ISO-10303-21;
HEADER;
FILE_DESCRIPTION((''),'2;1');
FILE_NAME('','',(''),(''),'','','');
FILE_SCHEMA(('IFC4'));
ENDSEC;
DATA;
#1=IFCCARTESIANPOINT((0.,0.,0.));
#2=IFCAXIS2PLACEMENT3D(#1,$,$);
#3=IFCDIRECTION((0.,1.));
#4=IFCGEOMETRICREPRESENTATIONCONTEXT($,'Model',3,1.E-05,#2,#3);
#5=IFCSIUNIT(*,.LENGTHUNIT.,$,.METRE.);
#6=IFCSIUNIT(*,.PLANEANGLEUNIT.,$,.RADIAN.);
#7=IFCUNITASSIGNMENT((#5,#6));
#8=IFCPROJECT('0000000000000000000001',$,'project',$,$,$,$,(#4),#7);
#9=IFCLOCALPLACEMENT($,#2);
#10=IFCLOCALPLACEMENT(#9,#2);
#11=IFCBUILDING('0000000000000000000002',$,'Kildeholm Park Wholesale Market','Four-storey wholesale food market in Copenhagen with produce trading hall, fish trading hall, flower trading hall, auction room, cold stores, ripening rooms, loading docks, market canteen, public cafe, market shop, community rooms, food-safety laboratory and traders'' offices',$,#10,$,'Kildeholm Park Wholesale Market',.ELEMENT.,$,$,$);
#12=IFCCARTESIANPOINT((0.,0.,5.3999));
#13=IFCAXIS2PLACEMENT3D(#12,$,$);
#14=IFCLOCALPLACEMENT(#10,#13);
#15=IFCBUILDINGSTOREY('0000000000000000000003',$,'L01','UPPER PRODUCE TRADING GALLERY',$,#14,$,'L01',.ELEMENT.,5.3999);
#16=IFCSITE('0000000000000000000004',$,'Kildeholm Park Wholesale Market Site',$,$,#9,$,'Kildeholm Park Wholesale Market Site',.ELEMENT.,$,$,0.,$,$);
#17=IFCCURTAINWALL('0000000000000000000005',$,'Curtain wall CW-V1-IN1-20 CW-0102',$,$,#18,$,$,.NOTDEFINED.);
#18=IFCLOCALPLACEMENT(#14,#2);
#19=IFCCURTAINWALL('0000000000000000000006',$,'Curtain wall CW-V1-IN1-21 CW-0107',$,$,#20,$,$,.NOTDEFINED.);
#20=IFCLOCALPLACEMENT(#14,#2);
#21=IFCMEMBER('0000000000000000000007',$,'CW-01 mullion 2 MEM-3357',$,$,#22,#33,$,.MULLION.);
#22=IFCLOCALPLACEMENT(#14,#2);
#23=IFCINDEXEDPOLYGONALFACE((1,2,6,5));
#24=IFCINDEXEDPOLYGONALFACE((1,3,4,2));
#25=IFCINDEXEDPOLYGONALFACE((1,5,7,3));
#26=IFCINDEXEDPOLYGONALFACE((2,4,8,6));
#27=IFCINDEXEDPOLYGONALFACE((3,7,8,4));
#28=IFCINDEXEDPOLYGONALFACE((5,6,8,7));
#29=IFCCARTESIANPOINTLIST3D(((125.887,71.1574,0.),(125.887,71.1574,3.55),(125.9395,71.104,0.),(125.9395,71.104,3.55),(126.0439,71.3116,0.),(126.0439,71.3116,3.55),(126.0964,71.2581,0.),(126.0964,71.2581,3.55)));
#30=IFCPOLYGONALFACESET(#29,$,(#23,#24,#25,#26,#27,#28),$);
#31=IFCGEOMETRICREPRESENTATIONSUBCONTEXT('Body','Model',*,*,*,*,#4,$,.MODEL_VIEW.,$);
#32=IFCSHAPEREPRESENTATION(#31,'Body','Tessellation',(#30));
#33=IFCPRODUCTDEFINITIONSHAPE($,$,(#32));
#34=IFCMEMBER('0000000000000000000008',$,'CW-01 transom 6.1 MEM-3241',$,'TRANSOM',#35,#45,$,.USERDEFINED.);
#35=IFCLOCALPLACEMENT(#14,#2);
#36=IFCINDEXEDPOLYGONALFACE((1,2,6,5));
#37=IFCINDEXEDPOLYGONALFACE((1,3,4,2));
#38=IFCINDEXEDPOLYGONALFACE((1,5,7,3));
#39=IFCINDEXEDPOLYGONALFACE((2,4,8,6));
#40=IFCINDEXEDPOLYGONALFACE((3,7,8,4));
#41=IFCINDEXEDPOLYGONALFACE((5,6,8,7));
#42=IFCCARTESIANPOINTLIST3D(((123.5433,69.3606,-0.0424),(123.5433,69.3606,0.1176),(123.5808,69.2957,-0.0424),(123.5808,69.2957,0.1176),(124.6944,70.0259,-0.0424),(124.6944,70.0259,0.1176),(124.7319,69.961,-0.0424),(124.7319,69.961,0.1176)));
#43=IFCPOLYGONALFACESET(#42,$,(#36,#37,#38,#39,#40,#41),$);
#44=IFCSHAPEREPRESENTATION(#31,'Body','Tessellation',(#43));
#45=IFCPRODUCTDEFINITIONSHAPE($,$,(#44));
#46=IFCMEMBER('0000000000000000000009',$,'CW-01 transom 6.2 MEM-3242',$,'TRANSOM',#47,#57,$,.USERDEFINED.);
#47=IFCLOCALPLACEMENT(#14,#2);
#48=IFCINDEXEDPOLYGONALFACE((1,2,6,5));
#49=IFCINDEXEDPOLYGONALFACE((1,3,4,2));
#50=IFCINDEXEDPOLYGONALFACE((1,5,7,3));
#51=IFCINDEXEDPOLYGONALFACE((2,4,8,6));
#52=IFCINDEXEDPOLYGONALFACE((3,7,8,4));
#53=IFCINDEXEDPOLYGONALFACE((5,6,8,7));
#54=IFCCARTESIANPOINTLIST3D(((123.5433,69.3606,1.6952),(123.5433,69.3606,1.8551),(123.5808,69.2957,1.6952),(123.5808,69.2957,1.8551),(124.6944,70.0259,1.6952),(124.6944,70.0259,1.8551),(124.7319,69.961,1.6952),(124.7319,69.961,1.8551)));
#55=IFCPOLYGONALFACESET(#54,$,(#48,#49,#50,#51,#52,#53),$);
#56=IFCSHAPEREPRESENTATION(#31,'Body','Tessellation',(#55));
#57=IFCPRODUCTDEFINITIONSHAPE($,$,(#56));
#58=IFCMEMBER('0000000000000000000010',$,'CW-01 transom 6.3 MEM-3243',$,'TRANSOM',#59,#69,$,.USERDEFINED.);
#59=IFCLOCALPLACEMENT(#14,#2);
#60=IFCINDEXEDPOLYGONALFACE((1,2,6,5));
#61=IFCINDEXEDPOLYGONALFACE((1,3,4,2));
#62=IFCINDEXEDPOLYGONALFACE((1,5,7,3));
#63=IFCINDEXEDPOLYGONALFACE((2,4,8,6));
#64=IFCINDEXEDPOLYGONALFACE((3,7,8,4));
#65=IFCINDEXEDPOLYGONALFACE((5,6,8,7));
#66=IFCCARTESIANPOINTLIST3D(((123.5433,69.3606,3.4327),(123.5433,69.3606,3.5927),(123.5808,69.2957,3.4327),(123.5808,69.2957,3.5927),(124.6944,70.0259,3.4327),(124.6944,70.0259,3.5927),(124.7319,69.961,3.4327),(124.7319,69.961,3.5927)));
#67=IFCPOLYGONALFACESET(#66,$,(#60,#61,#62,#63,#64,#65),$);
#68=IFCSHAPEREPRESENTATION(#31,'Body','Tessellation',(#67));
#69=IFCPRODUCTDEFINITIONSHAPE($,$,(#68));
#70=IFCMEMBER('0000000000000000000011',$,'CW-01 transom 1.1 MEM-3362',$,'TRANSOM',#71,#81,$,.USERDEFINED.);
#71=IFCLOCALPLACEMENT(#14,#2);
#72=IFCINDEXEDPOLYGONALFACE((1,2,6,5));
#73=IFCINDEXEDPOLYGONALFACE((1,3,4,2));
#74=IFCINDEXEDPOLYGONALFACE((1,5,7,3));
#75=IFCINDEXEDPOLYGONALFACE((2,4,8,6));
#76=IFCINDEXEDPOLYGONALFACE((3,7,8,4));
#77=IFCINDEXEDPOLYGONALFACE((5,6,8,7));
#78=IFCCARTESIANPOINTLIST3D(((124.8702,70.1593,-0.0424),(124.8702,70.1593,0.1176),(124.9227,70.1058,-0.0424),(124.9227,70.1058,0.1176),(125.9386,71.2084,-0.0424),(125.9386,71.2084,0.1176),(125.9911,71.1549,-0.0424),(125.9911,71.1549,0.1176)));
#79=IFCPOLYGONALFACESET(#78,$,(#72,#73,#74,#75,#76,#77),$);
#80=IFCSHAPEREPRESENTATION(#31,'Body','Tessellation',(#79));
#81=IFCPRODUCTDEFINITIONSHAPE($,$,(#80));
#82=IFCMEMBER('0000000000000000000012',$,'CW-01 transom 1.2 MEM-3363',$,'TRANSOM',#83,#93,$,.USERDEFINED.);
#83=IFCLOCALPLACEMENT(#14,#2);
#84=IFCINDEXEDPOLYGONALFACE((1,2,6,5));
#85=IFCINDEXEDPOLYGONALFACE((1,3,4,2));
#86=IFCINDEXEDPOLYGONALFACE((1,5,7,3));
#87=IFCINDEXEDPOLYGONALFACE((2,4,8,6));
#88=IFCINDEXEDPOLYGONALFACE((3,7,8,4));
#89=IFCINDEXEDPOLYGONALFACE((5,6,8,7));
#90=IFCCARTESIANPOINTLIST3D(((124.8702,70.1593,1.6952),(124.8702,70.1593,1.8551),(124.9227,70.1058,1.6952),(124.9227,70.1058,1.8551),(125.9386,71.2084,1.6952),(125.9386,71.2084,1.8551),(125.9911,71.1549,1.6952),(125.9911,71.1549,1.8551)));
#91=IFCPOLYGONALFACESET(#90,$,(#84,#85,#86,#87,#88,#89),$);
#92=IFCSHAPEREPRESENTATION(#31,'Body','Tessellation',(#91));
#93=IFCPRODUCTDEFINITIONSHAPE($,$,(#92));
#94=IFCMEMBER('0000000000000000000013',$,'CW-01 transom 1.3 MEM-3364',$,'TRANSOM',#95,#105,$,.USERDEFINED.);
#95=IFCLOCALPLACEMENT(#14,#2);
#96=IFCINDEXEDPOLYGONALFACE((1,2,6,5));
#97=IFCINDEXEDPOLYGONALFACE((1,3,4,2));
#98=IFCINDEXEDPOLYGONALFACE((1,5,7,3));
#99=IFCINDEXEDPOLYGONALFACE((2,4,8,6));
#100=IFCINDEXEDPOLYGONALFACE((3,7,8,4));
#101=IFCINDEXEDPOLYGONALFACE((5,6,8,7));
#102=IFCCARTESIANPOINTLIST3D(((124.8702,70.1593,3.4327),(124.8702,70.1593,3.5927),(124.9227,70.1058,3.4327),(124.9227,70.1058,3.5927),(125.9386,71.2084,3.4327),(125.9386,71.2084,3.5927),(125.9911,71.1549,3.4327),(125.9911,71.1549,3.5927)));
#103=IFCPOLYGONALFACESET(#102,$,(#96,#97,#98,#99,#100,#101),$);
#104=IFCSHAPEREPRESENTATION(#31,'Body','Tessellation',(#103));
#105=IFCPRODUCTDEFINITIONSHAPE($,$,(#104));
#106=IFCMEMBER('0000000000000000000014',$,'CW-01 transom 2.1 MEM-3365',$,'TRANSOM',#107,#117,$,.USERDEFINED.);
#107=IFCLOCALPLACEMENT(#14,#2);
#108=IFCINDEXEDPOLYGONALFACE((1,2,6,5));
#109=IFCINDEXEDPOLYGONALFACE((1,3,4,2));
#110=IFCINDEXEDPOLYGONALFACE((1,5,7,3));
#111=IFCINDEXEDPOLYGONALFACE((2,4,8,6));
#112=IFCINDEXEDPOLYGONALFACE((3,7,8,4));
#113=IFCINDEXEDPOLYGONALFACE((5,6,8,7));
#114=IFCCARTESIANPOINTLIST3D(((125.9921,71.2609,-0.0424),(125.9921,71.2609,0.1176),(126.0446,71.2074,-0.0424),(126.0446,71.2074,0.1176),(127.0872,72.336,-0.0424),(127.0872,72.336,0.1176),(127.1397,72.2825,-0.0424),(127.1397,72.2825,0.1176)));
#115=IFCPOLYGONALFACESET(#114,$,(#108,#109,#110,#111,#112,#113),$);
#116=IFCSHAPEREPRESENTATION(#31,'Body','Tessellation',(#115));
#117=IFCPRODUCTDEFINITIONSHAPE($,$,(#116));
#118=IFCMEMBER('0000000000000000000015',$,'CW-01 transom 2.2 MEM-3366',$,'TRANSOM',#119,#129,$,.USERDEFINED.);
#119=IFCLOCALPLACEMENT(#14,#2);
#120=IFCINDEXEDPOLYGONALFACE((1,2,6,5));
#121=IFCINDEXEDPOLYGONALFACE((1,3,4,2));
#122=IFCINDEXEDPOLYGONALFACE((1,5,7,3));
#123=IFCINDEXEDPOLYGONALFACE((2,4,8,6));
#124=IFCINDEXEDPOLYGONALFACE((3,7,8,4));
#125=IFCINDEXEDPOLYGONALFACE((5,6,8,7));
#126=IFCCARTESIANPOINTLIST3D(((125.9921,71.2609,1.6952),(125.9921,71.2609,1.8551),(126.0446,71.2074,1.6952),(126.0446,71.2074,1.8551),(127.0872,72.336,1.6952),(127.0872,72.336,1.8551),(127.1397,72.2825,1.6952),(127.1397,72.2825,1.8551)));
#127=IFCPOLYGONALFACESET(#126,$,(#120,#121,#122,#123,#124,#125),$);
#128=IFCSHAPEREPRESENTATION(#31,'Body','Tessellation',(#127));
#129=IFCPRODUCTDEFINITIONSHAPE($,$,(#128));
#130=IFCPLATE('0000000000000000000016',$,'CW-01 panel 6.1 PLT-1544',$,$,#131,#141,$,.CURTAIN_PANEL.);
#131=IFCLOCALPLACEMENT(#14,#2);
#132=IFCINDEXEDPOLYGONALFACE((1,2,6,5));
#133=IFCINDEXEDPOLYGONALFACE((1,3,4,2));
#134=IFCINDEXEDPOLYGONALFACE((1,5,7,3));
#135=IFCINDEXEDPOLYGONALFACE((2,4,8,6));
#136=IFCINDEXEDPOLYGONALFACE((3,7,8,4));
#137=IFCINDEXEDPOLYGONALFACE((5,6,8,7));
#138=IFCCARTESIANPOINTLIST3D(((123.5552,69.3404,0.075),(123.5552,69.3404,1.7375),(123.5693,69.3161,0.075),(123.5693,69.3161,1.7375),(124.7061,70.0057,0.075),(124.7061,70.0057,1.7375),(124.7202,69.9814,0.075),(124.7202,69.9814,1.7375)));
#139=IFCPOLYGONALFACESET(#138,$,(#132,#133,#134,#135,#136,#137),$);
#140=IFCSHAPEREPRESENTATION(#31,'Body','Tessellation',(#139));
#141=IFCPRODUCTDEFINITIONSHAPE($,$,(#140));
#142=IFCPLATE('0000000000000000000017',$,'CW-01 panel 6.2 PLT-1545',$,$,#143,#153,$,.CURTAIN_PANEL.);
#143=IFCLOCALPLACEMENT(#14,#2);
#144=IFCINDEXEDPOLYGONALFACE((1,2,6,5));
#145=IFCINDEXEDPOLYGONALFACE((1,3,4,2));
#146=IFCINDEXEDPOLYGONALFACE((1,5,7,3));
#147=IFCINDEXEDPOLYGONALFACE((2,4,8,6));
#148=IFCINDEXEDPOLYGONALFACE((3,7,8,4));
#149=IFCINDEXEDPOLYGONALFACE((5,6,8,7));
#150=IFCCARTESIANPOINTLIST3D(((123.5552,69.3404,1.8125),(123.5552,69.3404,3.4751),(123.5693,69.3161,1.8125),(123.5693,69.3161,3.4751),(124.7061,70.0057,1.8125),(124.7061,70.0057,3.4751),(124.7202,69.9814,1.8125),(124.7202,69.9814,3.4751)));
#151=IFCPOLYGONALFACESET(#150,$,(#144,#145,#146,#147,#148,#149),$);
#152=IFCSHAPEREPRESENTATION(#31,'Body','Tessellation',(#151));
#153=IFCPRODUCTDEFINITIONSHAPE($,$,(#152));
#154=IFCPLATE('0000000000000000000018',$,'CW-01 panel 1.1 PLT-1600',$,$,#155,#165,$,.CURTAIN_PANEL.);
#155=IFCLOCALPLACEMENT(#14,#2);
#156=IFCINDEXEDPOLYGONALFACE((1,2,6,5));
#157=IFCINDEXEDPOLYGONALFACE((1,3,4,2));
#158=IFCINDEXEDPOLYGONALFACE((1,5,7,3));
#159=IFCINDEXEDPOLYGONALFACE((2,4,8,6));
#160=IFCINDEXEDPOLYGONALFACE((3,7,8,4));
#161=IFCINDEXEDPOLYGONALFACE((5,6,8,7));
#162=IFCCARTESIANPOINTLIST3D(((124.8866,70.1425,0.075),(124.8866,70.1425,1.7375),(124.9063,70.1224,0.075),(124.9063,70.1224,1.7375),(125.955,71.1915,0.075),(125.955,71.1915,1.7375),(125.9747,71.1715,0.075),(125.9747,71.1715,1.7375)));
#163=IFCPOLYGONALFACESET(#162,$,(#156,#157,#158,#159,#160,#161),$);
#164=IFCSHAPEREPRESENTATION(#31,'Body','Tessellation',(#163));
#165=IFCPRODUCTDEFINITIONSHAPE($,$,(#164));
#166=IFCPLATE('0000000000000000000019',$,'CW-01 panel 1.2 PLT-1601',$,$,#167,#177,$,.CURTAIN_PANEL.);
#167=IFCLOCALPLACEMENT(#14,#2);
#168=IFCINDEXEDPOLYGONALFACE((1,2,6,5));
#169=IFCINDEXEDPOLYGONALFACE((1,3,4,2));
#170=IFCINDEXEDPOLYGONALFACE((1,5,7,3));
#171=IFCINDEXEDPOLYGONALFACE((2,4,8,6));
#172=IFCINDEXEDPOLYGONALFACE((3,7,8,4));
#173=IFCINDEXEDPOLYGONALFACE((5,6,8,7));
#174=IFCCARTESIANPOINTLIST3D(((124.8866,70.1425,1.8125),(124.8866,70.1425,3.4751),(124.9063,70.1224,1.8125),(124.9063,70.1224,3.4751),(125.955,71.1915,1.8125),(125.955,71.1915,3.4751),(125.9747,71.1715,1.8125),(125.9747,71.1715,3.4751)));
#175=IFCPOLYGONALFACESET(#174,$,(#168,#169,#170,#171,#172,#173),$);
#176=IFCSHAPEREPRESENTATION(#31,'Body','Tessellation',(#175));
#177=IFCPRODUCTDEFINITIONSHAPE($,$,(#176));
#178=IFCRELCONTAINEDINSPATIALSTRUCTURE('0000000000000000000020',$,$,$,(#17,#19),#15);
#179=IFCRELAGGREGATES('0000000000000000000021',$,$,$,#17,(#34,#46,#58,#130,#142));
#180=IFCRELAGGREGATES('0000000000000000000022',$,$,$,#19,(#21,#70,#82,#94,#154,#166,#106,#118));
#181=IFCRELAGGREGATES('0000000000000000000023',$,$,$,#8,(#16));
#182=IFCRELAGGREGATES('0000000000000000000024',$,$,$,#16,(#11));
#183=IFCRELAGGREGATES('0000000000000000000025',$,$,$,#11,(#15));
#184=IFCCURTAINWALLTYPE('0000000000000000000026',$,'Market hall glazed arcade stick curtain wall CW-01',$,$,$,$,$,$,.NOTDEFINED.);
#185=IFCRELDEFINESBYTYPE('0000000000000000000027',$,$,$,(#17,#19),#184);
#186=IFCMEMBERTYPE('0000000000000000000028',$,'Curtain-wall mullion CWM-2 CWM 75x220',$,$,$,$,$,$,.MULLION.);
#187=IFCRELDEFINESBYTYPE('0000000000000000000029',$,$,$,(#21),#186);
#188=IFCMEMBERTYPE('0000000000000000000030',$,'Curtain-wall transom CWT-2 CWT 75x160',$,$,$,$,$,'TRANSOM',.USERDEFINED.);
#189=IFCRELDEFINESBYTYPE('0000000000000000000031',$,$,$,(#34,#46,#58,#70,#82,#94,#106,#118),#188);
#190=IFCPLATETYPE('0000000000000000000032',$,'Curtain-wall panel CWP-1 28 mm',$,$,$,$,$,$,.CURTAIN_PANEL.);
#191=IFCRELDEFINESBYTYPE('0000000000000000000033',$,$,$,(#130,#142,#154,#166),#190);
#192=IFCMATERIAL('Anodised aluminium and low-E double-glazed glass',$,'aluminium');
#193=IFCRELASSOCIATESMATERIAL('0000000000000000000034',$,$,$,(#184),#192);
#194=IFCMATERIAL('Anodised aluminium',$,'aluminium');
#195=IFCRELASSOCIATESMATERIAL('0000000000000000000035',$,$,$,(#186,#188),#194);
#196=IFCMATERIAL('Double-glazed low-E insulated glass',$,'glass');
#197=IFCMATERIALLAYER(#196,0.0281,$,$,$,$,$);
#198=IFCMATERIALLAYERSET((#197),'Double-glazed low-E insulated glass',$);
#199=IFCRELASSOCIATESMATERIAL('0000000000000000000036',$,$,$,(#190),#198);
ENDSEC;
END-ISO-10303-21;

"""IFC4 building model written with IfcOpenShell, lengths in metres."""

from ifc_helpers import new_model, si_unit, direction, frame, origin, origin_2d, place, context, subcontext, project, spatial, rectangle, extrude, material, layer, layer_set, material_profile, profile_set, type_object, element, aggregate, save


model = new_model("IFC4")

# Units and contexts
model_context = context("Model", 3, precision=1e-05, world=origin(), true_north=direction((0.0, 1.0)))
body_context = subcontext(model_context, "Body", "Model", "MODEL_VIEW")
ifc_project = project(units=[si_unit("LENGTHUNIT", "METRE"), si_unit("PLANEANGLEUNIT", "RADIAN")], contexts=[model_context])

# Site, building, storey
site_placement = place(None, origin())
site = spatial("IfcSite", under=ifc_project, at=site_placement, Name="Kildeholm Park Wholesale Market Site", LongName="Kildeholm Park Wholesale Market Site", CompositionType="ELEMENT", RefElevation=0.0)
building_placement = place(site_placement, origin())
building = spatial("IfcBuilding", under=site, at=building_placement, Name="Kildeholm Park Wholesale Market", Description="Four-storey wholesale food market in Copenhagen with produce trading hall, fish trading hall, flower trading hall, auction room, cold stores, ripening rooms, loading docks, market canteen, public cafe, market shop, community rooms, food-safety laboratory and traders' offices", LongName="Kildeholm Park Wholesale Market", CompositionType="ELEMENT")
storey_placement = place(building_placement, frame((0.0, 0.0, 5.3999)))
storey = spatial("IfcBuildingStorey", under=building, at=storey_placement, Name="L01", Description="UPPER PRODUCE TRADING GALLERY", LongName="L01", CompositionType="ELEMENT", Elevation=5.3999)

# Curtain walls, member
ifc_material_1 = material(Name="Anodised aluminium and low-E double-glazed glass", Category="aluminium")
curtain_wall_type = type_object("IfcCurtainWallType", Name="Market hall glazed arcade stick curtain wall CW-01", PredefinedType="NOTDEFINED", material=ifc_material_1)
curtain_wall_1_placement = place(storey_placement, origin())
curtain_wall_1 = element("IfcCurtainWall", 1, at=curtain_wall_1_placement, inside=storey, type_object=curtain_wall_type, Name="Curtain wall CW-V1-IN1-20 CW-0102", PredefinedType="NOTDEFINED")
ifc_material_2 = material(Name="Anodised aluminium", Category="aluminium")
ifc_material_profile_1 = material_profile(ifc_material_2, rectangle(XDim=0.075, YDim=0.22, at=origin_2d()), Name="CWM 75x220")
ifc_profile_set_1 = profile_set([ifc_material_profile_1], Name="Anodised aluminium")
member_type_1 = type_object("IfcMemberType", Name="Curtain-wall mullion CWM-2 CWM 75x220", PredefinedType="MULLION", material=ifc_profile_set_1)
curtain_wall_2_placement = place(storey_placement, origin())
curtain_wall_2 = element("IfcCurtainWall", 2, at=curtain_wall_2_placement, inside=storey, type_object=curtain_wall_type, Name="Curtain wall CW-V1-IN1-21 CW-0107", PredefinedType="NOTDEFINED")
member_1_placement = place(storey_placement, frame((125.9917, 71.2078, 0.0), z_axis=(0.0, 0.0, 1.0), x_axis=(-0.700617, 0.713538, 0.0)))
member_1 = element("IfcMember", 3, at=member_1_placement, type_object=member_type_1, Name="CW-01 mullion 2 MEM-3357", PredefinedType="MULLION", context=body_context, shape_type="SweptSolid", body=[
    extrude(rectangle(XDim=0.075, YDim=0.22, at=origin_2d()), origin(), (0.0, 0.0, 1.0), 3.55),
])

# Members
ifc_material_profile_2 = material_profile(ifc_material_2, rectangle(XDim=0.075, YDim=0.1599, at=origin_2d()), Name="CWT 75x160")
ifc_profile_set_2 = profile_set([ifc_material_profile_2], Name="Anodised aluminium")
member_type_2 = type_object("IfcMemberType", Name="Curtain-wall transom CWT-2 CWT 75x160", ElementType="TRANSOM", PredefinedType="USERDEFINED", material=ifc_profile_set_2)
member_2_placement = place(storey_placement, frame((123.562, 69.3281, 0.0376), z_axis=(0.865803, 0.500385, 0.0), x_axis=(-0.500385, 0.865803, 0.0)))
member_2 = element("IfcMember", 4, at=member_2_placement, type_object=member_type_2, Name="CW-01 transom 6.1 MEM-3241", ObjectType="TRANSOM", PredefinedType="USERDEFINED", context=body_context, shape_type="SweptSolid", body=[
    extrude(rectangle(XDim=0.075, YDim=0.1599, at=origin_2d()), origin(), (0.0, 0.0, 1.0), 1.3296),
])
member_3_placement = place(storey_placement, frame((123.562, 69.3281, 1.7751), z_axis=(0.865803, 0.500385, 0.0), x_axis=(-0.500385, 0.865803, 0.0)))
member_3 = element("IfcMember", 5, at=member_3_placement, type_object=member_type_2, Name="CW-01 transom 6.2 MEM-3242", ObjectType="TRANSOM", PredefinedType="USERDEFINED", context=body_context, shape_type="SweptSolid", body=[
    extrude(rectangle(XDim=0.075, YDim=0.1599, at=origin_2d()), origin(), (0.0, 0.0, 1.0), 1.3296),
])
member_4_placement = place(storey_placement, frame((123.562, 69.3281, 3.5127), z_axis=(0.865803, 0.500385, 0.0), x_axis=(-0.500385, 0.865803, 0.0)))
member_4 = element("IfcMember", 6, at=member_4_placement, type_object=member_type_2, Name="CW-01 transom 6.3 MEM-3243", ObjectType="TRANSOM", PredefinedType="USERDEFINED", context=body_context, shape_type="SweptSolid", body=[
    extrude(rectangle(XDim=0.075, YDim=0.1599, at=origin_2d()), origin(), (0.0, 0.0, 1.0), 1.3296),
])
member_5_placement = place(storey_placement, frame((124.8965, 70.1326, 0.0376), z_axis=(0.713518, 0.700637, 0.0), x_axis=(-0.700637, 0.713518, 0.0)))
member_5 = element("IfcMember", 7, at=member_5_placement, type_object=member_type_2, Name="CW-01 transom 1.1 MEM-3362", ObjectType="TRANSOM", PredefinedType="USERDEFINED", context=body_context, shape_type="SweptSolid", body=[
    extrude(rectangle(XDim=0.075, YDim=0.1599, at=origin_2d()), origin(), (0.0, 0.0, 1.0), 1.4973),
])
member_6_placement = place(storey_placement, frame((124.8965, 70.1326, 1.7751), z_axis=(0.713518, 0.700637, 0.0), x_axis=(-0.700637, 0.713518, 0.0)))
member_6 = element("IfcMember", 8, at=member_6_placement, type_object=member_type_2, Name="CW-01 transom 1.2 MEM-3363", ObjectType="TRANSOM", PredefinedType="USERDEFINED", context=body_context, shape_type="SweptSolid", body=[
    extrude(rectangle(XDim=0.075, YDim=0.1599, at=origin_2d()), origin(), (0.0, 0.0, 1.0), 1.4973),
])
member_7_placement = place(storey_placement, frame((124.8965, 70.1326, 3.5127), z_axis=(0.713518, 0.700637, 0.0), x_axis=(-0.700637, 0.713518, 0.0)))
member_7 = element("IfcMember", 9, at=member_7_placement, type_object=member_type_2, Name="CW-01 transom 1.3 MEM-3364", ObjectType="TRANSOM", PredefinedType="USERDEFINED", context=body_context, shape_type="SweptSolid", body=[
    extrude(rectangle(XDim=0.075, YDim=0.1599, at=origin_2d()), origin(), (0.0, 0.0, 1.0), 1.4973),
])
member_8_placement = place(storey_placement, frame((126.0183, 71.2341, 0.0376), z_axis=(0.713599, 0.700555, 0.0), x_axis=(-0.700555, 0.713599, 0.0)))
member_8 = element("IfcMember", 10, at=member_8_placement, type_object=member_type_2, Name="CW-01 transom 2.1 MEM-3365", ObjectType="TRANSOM", PredefinedType="USERDEFINED", context=body_context, shape_type="SweptSolid", body=[
    extrude(rectangle(XDim=0.075, YDim=0.1599, at=origin_2d()), origin(), (0.0, 0.0, 1.0), 1.5347),
])
member_9_placement = place(storey_placement, frame((126.0183, 71.2341, 1.7751), z_axis=(0.713599, 0.700555, 0.0), x_axis=(-0.700555, 0.713599, 0.0)))
member_9 = element("IfcMember", 11, at=member_9_placement, type_object=member_type_2, Name="CW-01 transom 2.2 MEM-3366", ObjectType="TRANSOM", PredefinedType="USERDEFINED", context=body_context, shape_type="SweptSolid", body=[
    extrude(rectangle(XDim=0.075, YDim=0.1599, at=origin_2d()), origin(), (0.0, 0.0, 1.0), 1.5347),
])

# Plates
ifc_material_3 = material(Name="Double-glazed low-E insulated glass", Category="glass")
ifc_layer_1 = layer(ifc_material_3, 0.0281)
ifc_layer_set_1 = layer_set([ifc_layer_1], Name="Double-glazed low-E insulated glass")
plate_type = type_object("IfcPlateType", Name="Curtain-wall panel CWP-1 28 mm", PredefinedType="CURTAIN_PANEL", material=ifc_layer_set_1)
plate_1_placement = place(storey_placement, frame((124.1377, 69.6609, 0.075), z_axis=(0.0, 0.0, 1.0), x_axis=(0.865743, 0.500489, 0.0)))
plate_1 = element("IfcPlate", 12, at=plate_1_placement, type_object=plate_type, Name="CW-01 panel 6.1 PLT-1544", PredefinedType="CURTAIN_PANEL", context=body_context, shape_type="SweptSolid", body=[
    extrude(rectangle(XDim=1.3293, YDim=0.0281, at=origin_2d()), origin(), (0.0, 0.0, 1.0), 1.6626),
])
plate_2_placement = place(storey_placement, frame((124.1377, 69.6609, 1.8125), z_axis=(0.0, 0.0, 1.0), x_axis=(0.865743, 0.500489, 0.0)))
plate_2 = element("IfcPlate", 13, at=plate_2_placement, type_object=plate_type, Name="CW-01 panel 6.2 PLT-1545", PredefinedType="CURTAIN_PANEL", context=body_context, shape_type="SweptSolid", body=[
    extrude(rectangle(XDim=1.3293, YDim=0.0281, at=origin_2d()), origin(), (0.0, 0.0, 1.0), 1.6626),
])
aggregate(curtain_wall_1, [member_2, member_3, member_4, plate_1, plate_2])
plate_3_placement = place(storey_placement, frame((125.4307, 70.657, 0.075), z_axis=(0.0, 0.0, 1.0), x_axis=(0.713538, 0.700617, 0.0)))
plate_3 = element("IfcPlate", 14, at=plate_3_placement, type_object=plate_type, Name="CW-01 panel 1.1 PLT-1600", PredefinedType="CURTAIN_PANEL", context=body_context, shape_type="SweptSolid", body=[
    extrude(rectangle(XDim=1.4973, YDim=0.0281, at=origin_2d()), origin(), (0.0, 0.0, 1.0), 1.6626),
])
plate_4_placement = place(storey_placement, frame((125.4307, 70.657, 1.8125), z_axis=(0.0, 0.0, 1.0), x_axis=(0.713538, 0.700617, 0.0)))
plate_4 = element("IfcPlate", 15, at=plate_4_placement, type_object=plate_type, Name="CW-01 panel 1.2 PLT-1601", PredefinedType="CURTAIN_PANEL", context=body_context, shape_type="SweptSolid", body=[
    extrude(rectangle(XDim=1.4973, YDim=0.0281, at=origin_2d()), origin(), (0.0, 0.0, 1.0), 1.6626),
])
aggregate(curtain_wall_2, [member_1, member_5, member_6, member_7, plate_3, plate_4, member_8, member_9])

save(model, "model.ifc")
